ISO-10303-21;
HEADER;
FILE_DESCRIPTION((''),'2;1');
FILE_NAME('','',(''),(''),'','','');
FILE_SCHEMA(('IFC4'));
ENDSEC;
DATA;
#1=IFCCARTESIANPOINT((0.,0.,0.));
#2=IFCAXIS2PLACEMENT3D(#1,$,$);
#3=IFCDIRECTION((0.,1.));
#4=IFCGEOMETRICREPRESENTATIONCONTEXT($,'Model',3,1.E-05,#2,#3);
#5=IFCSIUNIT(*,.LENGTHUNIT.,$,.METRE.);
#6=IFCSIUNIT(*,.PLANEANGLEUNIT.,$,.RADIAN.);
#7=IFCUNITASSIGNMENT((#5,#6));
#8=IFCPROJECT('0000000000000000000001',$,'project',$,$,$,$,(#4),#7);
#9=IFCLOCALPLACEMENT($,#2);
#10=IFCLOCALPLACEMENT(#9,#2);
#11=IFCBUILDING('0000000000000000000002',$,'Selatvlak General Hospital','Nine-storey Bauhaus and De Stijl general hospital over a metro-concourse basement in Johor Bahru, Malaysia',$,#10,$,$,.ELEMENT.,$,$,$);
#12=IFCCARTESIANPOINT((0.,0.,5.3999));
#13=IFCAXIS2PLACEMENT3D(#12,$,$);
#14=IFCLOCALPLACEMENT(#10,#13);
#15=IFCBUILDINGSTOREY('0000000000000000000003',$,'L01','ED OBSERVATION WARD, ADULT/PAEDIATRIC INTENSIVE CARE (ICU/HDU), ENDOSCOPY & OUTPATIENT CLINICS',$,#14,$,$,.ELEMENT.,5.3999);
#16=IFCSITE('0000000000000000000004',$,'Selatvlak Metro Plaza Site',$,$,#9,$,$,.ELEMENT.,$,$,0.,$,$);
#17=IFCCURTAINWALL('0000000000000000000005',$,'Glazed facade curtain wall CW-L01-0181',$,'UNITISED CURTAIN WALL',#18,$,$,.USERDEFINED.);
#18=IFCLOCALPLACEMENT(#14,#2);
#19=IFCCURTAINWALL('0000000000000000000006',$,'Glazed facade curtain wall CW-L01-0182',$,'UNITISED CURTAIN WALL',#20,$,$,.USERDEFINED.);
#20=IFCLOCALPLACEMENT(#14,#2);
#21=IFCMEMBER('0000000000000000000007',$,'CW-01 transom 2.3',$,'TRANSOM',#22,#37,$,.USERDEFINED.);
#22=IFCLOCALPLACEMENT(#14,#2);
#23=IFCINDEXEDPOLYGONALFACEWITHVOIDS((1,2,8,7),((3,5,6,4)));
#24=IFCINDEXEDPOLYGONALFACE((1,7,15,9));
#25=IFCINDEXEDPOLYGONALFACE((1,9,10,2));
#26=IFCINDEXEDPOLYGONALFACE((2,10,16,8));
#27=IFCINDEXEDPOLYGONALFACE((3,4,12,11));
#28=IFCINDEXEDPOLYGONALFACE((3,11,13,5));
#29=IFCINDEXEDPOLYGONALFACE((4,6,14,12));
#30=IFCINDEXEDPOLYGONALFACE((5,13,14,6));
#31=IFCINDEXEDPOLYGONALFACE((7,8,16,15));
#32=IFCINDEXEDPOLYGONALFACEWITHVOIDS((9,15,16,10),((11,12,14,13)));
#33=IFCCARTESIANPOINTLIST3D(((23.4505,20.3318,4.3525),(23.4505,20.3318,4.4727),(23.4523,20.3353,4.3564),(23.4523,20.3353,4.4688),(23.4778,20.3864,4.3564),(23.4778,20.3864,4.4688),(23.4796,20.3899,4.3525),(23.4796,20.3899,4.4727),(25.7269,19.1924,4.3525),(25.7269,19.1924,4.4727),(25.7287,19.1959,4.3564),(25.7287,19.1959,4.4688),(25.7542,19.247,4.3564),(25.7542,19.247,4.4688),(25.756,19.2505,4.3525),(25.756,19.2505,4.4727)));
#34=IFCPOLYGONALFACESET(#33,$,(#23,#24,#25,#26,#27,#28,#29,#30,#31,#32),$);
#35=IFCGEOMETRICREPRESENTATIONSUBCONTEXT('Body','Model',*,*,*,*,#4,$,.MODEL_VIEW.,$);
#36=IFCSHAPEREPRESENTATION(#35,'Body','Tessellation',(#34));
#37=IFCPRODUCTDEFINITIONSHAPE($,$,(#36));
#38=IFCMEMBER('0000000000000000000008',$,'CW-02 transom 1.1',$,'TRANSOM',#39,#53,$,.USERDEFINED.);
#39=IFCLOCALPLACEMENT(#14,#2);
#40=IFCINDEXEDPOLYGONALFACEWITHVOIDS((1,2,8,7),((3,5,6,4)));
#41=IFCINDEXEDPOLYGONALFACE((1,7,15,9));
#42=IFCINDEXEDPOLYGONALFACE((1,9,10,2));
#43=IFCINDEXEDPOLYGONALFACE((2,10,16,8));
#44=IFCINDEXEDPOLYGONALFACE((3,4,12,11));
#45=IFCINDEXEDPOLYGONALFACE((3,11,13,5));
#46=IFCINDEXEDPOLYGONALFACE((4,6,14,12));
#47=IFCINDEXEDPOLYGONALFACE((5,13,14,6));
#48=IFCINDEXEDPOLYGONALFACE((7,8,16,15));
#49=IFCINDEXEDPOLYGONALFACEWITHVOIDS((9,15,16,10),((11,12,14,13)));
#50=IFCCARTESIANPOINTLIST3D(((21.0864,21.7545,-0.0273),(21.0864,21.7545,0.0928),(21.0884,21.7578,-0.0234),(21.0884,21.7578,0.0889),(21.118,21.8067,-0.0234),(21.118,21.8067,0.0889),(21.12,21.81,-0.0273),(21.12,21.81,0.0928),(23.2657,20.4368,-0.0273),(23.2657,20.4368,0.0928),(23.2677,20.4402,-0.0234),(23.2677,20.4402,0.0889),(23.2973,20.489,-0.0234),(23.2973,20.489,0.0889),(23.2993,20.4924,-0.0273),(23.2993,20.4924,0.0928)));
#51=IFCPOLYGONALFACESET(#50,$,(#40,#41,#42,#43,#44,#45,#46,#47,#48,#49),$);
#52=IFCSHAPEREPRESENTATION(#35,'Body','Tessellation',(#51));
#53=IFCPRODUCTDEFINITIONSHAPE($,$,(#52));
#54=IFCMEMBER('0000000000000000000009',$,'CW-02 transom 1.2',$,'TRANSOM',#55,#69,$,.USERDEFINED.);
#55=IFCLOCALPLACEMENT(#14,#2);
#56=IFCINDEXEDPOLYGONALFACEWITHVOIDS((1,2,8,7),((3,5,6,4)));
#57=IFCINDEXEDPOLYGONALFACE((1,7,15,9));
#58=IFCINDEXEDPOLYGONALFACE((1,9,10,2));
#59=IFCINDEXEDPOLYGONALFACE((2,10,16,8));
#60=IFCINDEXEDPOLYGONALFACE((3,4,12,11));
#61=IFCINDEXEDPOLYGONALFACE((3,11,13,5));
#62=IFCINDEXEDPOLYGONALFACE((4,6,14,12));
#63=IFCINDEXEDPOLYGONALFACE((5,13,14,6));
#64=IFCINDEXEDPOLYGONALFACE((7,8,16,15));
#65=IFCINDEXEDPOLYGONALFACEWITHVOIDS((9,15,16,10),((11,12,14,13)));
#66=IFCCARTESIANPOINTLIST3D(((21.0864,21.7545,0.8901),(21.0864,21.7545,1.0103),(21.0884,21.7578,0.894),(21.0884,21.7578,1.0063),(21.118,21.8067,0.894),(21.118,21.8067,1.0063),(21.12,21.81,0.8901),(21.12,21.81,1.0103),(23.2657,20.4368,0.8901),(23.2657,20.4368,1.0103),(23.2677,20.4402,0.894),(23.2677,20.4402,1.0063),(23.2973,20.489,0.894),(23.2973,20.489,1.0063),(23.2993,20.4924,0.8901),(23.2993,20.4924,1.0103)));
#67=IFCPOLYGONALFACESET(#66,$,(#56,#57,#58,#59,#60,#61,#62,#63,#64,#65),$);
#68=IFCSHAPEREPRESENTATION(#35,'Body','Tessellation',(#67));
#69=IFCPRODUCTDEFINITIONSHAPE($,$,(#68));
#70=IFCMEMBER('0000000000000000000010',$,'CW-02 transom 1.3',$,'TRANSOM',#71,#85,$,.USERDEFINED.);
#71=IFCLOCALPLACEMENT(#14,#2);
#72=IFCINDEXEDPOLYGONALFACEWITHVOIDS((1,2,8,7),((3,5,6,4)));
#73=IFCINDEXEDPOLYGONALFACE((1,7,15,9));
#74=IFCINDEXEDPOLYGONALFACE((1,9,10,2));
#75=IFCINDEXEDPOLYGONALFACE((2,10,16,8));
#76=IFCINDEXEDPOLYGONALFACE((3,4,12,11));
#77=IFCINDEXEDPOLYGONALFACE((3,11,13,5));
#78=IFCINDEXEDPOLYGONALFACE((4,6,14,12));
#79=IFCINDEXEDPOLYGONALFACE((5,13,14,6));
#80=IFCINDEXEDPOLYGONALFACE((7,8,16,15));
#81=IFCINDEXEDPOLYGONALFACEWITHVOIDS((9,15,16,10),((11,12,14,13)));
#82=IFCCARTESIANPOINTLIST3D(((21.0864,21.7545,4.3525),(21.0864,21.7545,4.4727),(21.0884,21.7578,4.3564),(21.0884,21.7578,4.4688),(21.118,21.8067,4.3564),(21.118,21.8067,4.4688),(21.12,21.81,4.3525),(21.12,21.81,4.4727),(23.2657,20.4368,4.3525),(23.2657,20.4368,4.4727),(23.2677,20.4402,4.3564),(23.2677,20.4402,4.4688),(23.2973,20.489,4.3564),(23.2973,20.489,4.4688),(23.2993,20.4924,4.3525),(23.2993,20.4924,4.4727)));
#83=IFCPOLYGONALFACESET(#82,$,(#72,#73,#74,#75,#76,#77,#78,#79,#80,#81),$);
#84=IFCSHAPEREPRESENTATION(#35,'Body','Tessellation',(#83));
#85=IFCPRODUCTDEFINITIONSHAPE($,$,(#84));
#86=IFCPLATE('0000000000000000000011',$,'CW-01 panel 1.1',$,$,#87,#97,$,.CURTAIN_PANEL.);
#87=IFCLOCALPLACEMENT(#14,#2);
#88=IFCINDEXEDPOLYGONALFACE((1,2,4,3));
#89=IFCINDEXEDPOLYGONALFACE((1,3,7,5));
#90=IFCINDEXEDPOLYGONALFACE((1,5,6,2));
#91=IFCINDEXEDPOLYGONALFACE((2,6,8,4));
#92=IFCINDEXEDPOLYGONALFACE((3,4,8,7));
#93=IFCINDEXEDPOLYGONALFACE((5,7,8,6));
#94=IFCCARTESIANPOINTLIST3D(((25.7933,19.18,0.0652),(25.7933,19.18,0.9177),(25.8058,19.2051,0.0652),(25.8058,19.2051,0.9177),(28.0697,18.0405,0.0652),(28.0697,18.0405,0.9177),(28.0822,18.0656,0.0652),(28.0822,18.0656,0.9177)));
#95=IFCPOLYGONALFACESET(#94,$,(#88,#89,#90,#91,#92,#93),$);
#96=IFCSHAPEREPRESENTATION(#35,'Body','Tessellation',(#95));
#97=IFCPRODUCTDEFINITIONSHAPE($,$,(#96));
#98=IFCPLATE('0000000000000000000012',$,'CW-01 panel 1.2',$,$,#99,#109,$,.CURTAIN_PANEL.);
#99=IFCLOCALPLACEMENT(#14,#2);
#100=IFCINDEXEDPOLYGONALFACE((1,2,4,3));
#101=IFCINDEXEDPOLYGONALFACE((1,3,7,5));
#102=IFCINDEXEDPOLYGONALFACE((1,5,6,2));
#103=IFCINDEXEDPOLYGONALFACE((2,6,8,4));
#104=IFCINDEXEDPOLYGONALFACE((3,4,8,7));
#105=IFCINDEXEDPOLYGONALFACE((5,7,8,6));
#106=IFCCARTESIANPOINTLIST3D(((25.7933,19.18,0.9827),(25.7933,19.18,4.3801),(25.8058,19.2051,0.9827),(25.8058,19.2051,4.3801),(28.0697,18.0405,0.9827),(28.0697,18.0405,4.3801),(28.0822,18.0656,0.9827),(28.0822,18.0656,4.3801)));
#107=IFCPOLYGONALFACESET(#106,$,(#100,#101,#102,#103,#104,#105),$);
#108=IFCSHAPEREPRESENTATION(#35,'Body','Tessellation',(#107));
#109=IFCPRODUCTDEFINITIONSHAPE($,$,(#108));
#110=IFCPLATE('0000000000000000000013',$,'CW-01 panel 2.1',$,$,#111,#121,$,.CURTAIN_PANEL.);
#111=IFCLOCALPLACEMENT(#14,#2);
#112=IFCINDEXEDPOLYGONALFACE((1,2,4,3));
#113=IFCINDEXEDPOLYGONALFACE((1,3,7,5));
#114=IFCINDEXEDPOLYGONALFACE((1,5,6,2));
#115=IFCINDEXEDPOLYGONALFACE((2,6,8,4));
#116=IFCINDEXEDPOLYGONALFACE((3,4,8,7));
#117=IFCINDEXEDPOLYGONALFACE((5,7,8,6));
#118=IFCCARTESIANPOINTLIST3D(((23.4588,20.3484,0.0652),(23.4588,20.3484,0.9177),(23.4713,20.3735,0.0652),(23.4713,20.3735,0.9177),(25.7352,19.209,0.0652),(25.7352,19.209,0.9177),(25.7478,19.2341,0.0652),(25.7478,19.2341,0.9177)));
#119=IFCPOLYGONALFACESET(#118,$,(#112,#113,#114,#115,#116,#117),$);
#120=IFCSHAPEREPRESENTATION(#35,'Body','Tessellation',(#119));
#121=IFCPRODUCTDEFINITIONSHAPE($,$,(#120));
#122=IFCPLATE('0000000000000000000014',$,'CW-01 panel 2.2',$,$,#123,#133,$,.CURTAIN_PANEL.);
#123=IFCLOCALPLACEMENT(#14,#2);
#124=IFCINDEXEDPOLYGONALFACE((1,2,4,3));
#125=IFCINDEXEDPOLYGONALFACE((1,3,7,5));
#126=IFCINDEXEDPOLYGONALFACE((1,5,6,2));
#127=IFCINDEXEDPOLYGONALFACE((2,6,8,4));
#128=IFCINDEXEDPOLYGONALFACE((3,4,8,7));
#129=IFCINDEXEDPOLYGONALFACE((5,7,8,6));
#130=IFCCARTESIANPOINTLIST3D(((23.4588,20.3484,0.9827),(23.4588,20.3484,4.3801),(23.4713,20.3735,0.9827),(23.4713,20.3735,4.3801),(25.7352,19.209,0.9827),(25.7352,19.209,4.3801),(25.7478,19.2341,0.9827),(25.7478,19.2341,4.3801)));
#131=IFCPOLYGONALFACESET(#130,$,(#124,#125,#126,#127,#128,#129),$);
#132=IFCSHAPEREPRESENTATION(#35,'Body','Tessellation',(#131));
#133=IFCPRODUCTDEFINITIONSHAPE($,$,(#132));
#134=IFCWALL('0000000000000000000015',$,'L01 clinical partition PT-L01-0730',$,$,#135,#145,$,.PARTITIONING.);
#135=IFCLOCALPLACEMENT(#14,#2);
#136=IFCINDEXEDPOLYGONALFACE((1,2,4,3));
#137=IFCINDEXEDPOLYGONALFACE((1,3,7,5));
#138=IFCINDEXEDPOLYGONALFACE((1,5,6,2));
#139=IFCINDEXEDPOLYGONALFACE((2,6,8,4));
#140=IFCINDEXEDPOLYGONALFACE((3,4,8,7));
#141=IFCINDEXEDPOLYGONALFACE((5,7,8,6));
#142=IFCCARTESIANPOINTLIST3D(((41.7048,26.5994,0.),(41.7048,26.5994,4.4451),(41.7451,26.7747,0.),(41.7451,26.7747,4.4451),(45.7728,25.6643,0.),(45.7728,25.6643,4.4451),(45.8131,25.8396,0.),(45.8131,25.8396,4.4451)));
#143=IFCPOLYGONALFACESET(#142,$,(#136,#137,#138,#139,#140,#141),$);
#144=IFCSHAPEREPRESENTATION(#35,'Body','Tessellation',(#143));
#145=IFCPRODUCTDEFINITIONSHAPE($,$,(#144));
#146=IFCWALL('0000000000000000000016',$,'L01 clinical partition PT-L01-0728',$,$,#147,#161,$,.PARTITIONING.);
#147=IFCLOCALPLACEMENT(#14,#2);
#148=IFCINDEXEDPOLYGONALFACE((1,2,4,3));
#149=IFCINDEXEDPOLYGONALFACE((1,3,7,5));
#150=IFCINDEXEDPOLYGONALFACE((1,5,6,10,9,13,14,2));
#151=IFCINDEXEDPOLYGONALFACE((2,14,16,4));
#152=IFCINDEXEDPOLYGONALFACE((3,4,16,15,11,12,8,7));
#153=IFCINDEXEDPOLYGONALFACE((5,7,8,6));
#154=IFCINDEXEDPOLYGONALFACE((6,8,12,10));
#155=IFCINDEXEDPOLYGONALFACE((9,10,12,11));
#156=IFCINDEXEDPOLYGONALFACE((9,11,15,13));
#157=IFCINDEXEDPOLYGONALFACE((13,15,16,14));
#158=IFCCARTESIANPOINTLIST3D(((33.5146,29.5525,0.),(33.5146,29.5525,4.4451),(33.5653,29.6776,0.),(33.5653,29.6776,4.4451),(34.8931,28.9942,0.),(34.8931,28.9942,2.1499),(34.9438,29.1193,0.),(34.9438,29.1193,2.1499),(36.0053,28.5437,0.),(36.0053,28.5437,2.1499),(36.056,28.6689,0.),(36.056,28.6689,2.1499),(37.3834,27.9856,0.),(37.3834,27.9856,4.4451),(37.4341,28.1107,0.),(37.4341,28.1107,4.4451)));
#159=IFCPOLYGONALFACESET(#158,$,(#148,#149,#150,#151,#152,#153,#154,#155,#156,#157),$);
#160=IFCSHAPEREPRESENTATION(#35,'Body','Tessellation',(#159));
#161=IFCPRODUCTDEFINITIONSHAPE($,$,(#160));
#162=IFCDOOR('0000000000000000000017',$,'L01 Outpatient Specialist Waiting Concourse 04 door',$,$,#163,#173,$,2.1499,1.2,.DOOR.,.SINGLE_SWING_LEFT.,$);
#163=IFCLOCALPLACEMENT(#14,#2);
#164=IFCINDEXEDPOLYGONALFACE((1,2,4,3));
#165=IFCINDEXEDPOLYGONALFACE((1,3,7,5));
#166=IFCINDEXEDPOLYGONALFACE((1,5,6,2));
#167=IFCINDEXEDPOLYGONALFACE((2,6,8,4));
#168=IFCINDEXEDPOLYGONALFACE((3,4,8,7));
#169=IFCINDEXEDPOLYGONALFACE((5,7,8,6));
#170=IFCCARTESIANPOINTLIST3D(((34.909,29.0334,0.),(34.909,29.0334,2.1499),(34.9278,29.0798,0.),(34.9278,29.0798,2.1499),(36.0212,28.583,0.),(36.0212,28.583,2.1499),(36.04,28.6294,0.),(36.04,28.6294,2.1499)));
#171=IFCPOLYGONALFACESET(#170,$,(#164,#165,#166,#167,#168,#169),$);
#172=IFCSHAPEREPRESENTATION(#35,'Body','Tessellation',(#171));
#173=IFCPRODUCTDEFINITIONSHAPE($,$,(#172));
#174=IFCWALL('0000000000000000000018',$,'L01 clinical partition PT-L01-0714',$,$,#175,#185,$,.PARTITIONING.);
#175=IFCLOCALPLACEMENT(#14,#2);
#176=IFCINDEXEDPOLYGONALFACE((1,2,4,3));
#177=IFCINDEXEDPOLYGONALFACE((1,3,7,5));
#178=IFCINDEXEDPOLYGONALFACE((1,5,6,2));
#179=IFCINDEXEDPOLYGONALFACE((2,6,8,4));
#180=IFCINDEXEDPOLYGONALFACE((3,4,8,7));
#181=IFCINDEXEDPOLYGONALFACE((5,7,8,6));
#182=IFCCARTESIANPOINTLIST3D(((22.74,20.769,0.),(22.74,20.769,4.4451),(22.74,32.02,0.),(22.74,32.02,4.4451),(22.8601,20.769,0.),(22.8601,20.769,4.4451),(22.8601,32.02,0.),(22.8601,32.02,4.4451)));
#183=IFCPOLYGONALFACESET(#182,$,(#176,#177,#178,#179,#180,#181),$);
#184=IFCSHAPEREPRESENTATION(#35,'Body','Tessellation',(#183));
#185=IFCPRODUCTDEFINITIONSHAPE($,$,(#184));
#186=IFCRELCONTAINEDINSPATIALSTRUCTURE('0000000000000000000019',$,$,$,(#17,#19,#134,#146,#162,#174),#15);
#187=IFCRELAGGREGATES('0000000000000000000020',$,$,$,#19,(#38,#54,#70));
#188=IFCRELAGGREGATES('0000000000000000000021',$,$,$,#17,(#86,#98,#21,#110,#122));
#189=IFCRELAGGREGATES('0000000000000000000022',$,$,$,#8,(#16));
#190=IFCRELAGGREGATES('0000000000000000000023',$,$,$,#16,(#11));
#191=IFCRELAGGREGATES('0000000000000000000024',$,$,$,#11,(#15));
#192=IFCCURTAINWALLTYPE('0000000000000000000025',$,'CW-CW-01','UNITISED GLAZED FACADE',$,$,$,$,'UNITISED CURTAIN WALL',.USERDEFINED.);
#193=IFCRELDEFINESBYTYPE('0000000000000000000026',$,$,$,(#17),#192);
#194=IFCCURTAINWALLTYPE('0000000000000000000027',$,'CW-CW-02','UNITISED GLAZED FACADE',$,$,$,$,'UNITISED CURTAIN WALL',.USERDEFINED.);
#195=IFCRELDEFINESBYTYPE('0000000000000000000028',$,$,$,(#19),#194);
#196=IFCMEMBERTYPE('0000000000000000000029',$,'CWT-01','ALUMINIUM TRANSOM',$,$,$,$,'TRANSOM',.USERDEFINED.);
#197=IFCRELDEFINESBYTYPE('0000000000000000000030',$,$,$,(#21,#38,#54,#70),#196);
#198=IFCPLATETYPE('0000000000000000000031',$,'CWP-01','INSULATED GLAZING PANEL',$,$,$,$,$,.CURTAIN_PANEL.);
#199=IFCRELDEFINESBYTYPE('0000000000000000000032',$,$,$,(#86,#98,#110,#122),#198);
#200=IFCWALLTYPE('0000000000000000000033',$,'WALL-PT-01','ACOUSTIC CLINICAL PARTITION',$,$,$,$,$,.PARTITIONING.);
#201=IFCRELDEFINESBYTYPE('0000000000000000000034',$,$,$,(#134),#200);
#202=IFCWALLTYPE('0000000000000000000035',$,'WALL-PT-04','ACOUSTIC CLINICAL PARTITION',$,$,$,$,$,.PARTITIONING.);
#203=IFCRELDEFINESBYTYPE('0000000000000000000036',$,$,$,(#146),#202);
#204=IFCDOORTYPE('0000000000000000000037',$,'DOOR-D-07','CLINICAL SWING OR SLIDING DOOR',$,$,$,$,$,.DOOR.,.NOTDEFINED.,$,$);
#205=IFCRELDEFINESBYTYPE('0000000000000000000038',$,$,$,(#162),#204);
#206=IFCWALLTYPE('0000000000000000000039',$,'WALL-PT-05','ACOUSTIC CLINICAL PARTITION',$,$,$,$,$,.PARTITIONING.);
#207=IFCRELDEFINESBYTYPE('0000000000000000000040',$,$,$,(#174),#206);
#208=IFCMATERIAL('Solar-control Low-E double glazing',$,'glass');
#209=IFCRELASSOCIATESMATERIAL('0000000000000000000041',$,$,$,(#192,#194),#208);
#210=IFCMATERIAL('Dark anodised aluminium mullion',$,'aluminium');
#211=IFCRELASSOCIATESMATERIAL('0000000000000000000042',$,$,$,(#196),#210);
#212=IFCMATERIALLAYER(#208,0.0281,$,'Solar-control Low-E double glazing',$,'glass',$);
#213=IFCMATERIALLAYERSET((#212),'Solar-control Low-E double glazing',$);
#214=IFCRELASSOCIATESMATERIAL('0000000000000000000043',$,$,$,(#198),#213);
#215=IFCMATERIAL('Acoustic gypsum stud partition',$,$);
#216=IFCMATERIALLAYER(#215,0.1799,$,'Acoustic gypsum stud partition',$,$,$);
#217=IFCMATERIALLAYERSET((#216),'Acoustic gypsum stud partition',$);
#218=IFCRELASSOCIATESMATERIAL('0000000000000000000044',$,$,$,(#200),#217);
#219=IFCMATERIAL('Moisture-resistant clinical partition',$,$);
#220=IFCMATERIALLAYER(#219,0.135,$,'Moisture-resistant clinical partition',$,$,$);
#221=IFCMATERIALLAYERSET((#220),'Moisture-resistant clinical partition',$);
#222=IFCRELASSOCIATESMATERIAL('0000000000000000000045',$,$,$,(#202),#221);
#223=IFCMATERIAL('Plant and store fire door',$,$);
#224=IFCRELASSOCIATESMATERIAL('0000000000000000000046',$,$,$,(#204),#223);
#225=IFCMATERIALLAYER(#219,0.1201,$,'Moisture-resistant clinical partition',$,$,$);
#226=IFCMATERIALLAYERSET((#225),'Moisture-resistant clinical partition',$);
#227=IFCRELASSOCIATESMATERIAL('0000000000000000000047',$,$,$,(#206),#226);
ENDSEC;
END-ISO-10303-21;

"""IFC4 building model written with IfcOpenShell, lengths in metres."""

from ifc_helpers import new_model, si_unit, direction, frame, frame_2d, origin, origin_2d, place, context, subcontext, project, spatial, rectangle, hollow_rectangle, extrude, material, layer, layer_set, material_profile, profile_set, type_object, element, fill, aggregate, save


model = new_model("IFC4")

# Units and contexts
model_context = context("Model", 3, precision=1e-05, world=origin(), true_north=direction((0.0, 1.0)))
body_context = subcontext(model_context, "Body", "Model", "MODEL_VIEW")
ifc_project = project(units=[si_unit("LENGTHUNIT", "METRE"), si_unit("PLANEANGLEUNIT", "RADIAN")], contexts=[model_context])

# Site, building, storey
site_placement = place(None, origin())
site = spatial("IfcSite", under=ifc_project, at=site_placement, Name="Selatvlak Metro Plaza Site", CompositionType="ELEMENT", RefElevation=0.0)
building_placement = place(site_placement, origin())
building = spatial("IfcBuilding", under=site, at=building_placement, Name="Selatvlak General Hospital", Description="Nine-storey Bauhaus and De Stijl general hospital over a metro-concourse basement in Johor Bahru, Malaysia", CompositionType="ELEMENT")
storey_placement = place(building_placement, frame((0.0, 0.0, 5.3999)))
storey = spatial("IfcBuildingStorey", under=building, at=storey_placement, Name="L01", Description="ED OBSERVATION WARD, ADULT/PAEDIATRIC INTENSIVE CARE (ICU/HDU), ENDOSCOPY & OUTPATIENT CLINICS", CompositionType="ELEMENT", Elevation=5.3999)

# Curtain wall
ifc_material_1 = material(Name="Solar-control Low-E double glazing", Category="glass")
curtain_wall_type_1 = type_object("IfcCurtainWallType", Name="CW-CW-01", Description="UNITISED GLAZED FACADE", ElementType="UNITISED CURTAIN WALL", PredefinedType="USERDEFINED", material=ifc_material_1)
curtain_wall_1_placement = place(storey_placement, origin())
curtain_wall_1 = element("IfcCurtainWall", 1, at=curtain_wall_1_placement, inside=storey, type_object=curtain_wall_type_1, Name="Glazed facade curtain wall CW-L01-0181", ObjectType="UNITISED CURTAIN WALL", PredefinedType="USERDEFINED")
ifc_material_2 = material(Name="Dark anodised aluminium mullion", Category="aluminium")

# Curtain wall
curtain_wall_type_2 = type_object("IfcCurtainWallType", Name="CW-CW-02", Description="UNITISED GLAZED FACADE", ElementType="UNITISED CURTAIN WALL", PredefinedType="USERDEFINED", material=ifc_material_1)
curtain_wall_2_placement = place(storey_placement, origin())
curtain_wall_2 = element("IfcCurtainWall", 2, at=curtain_wall_2_placement, inside=storey, type_object=curtain_wall_type_2, Name="Glazed facade curtain wall CW-L01-0182", ObjectType="UNITISED CURTAIN WALL", PredefinedType="USERDEFINED")

# Members
ifc_material_profile_1 = material_profile(ifc_material_2, hollow_rectangle(XDim=0.0649, YDim=0.1201, WallThickness=0.0039, at=origin_2d()), Name="AL-TRN 65x120x4")
ifc_profile_set_1 = profile_set([ifc_material_profile_1], Name="Dark anodised aluminium mullion")
member_type_1 = type_object("IfcMemberType", Name="CWT-01", Description="ALUMINIUM TRANSOM", ElementType="TRANSOM", PredefinedType="USERDEFINED", material=ifc_profile_set_1)
member_1_placement = place(storey_placement, frame((25.7415, 19.2214, 4.4126), z_axis=(-0.894235, 0.447597, 0.0), x_axis=(-0.447597, -0.894235, 0.0)))
member_1 = element("IfcMember", 3, at=member_1_placement, type_object=member_type_1, Name="CW-01 transom 2.3", ObjectType="TRANSOM", PredefinedType="USERDEFINED", context=body_context, shape_type="SweptSolid", body=[
    extrude(hollow_rectangle(XDim=0.0649, YDim=0.1201, WallThickness=0.0039, at=origin_2d()), origin(), (0.0, 0.0, 1.0), 2.5457),
])
member_2_placement = place(storey_placement, frame((23.2825, 20.4646, 0.0327), z_axis=(-0.855737, 0.517411, 0.0), x_axis=(-0.517411, -0.855737, 0.0)))
member_2 = element("IfcMember", 4, at=member_2_placement, type_object=member_type_1, Name="CW-02 transom 1.1", ObjectType="TRANSOM", PredefinedType="USERDEFINED", context=body_context, shape_type="SweptSolid", body=[
    extrude(hollow_rectangle(XDim=0.0649, YDim=0.1201, WallThickness=0.0039, at=origin_2d()), origin(), (0.0, 0.0, 1.0), 2.5466),
])
member_3_placement = place(storey_placement, frame((23.2825, 20.4646, 0.9502), z_axis=(-0.855737, 0.517411, 0.0), x_axis=(-0.517411, -0.855737, 0.0)))
member_3 = element("IfcMember", 5, at=member_3_placement, type_object=member_type_1, Name="CW-02 transom 1.2", ObjectType="TRANSOM", PredefinedType="USERDEFINED", context=body_context, shape_type="SweptSolid", body=[
    extrude(hollow_rectangle(XDim=0.0649, YDim=0.1201, WallThickness=0.0039, at=origin_2d()), origin(), (0.0, 0.0, 1.0), 2.5466),
])
member_4_placement = place(storey_placement, frame((23.2825, 20.4646, 4.4126), z_axis=(-0.855737, 0.517411, 0.0), x_axis=(-0.517411, -0.855737, 0.0)))
member_4 = element("IfcMember", 6, at=member_4_placement, type_object=member_type_1, Name="CW-02 transom 1.3", ObjectType="TRANSOM", PredefinedType="USERDEFINED", context=body_context, shape_type="SweptSolid", body=[
    extrude(hollow_rectangle(XDim=0.0649, YDim=0.1201, WallThickness=0.0039, at=origin_2d()), origin(), (0.0, 0.0, 1.0), 2.5466),
])
aggregate(curtain_wall_2, [member_2, member_3, member_4])

# Plates
ifc_layer_1 = layer(ifc_material_1, 0.0281, Name="Solar-control Low-E double glazing", Category="glass")
ifc_layer_set_1 = layer_set([ifc_layer_1], Name="Solar-control Low-E double glazing")
plate_type = type_object("IfcPlateType", Name="CWP-01", Description="INSULATED GLAZING PANEL", PredefinedType="CURTAIN_PANEL", material=ifc_layer_set_1)
plate_1_placement = place(storey_placement, frame((26.9377, 18.6228, 0.0652), z_axis=(0.0, 0.0, 1.0), x_axis=(-0.894238, 0.447592, 0.0)))
plate_1 = element("IfcPlate", 7, at=plate_1_placement, type_object=plate_type, Name="CW-01 panel 1.1", PredefinedType="CURTAIN_PANEL", context=body_context, shape_type="SweptSolid", body=[
    extrude(rectangle(XDim=2.5457, YDim=0.0281, at=origin_2d()), origin(), (0.0, 0.0, 1.0), 0.8525),
])
plate_2_placement = place(storey_placement, frame((26.9377, 18.6228, 0.9827), z_axis=(0.0, 0.0, 1.0), x_axis=(-0.894238, 0.447592, 0.0)))
plate_2 = element("IfcPlate", 8, at=plate_2_placement, type_object=plate_type, Name="CW-01 panel 1.2", PredefinedType="CURTAIN_PANEL", context=body_context, shape_type="SweptSolid", body=[
    extrude(rectangle(XDim=2.5457, YDim=0.0281, at=origin_2d()), origin(), (0.0, 0.0, 1.0), 3.3975),
])
plate_3_placement = place(storey_placement, frame((24.6033, 19.7913, 0.0652), z_axis=(0.0, 0.0, 1.0), x_axis=(-0.894238, 0.447592, 0.0)))
plate_3 = element("IfcPlate", 9, at=plate_3_placement, type_object=plate_type, Name="CW-01 panel 2.1", PredefinedType="CURTAIN_PANEL", context=body_context, shape_type="SweptSolid", body=[
    extrude(rectangle(XDim=2.5457, YDim=0.0281, at=origin_2d()), origin(), (0.0, 0.0, 1.0), 0.8525),
])
plate_4_placement = place(storey_placement, frame((24.6033, 19.7913, 0.9827), z_axis=(0.0, 0.0, 1.0), x_axis=(-0.894238, 0.447592, 0.0)))
plate_4 = element("IfcPlate", 10, at=plate_4_placement, type_object=plate_type, Name="CW-01 panel 2.2", PredefinedType="CURTAIN_PANEL", context=body_context, shape_type="SweptSolid", body=[
    extrude(rectangle(XDim=2.5457, YDim=0.0281, at=origin_2d()), origin(), (0.0, 0.0, 1.0), 3.3975),
])
aggregate(curtain_wall_1, [plate_1, plate_2, member_1, plate_3, plate_4])

# Wall
ifc_material_3 = material(Name="Acoustic gypsum stud partition")
ifc_layer_2 = layer(ifc_material_3, 0.1799, Name="Acoustic gypsum stud partition")
ifc_layer_set_2 = layer_set([ifc_layer_2], Name="Acoustic gypsum stud partition")
wall_type_1 = type_object("IfcWallType", Name="WALL-PT-01", Description="ACOUSTIC CLINICAL PARTITION", PredefinedType="PARTITIONING", material=ifc_layer_set_2)
wall_1_placement = place(storey_placement, frame((41.7251, 26.687, 0.0), z_axis=(0.0, 0.0, 1.0), x_axis=(0.974584, -0.224022, 0.0)))
element("IfcWall", 11, at=wall_1_placement, inside=storey, type_object=wall_type_1, Name="L01 clinical partition PT-L01-0730", PredefinedType="PARTITIONING", context=body_context, shape_type="SweptSolid", body=[
    extrude(rectangle(XDim=4.1741, YDim=0.1799, at=frame_2d((2.0869, 0.0))), origin(), (0.0, 0.0, 1.0), 4.4451),
])

# Wall, opening, door
ifc_material_4 = material(Name="Moisture-resistant clinical partition")
ifc_layer_3 = layer(ifc_material_4, 0.135, Name="Moisture-resistant clinical partition")
ifc_layer_set_3 = layer_set([ifc_layer_3], Name="Moisture-resistant clinical partition")
wall_type_2 = type_object("IfcWallType", Name="WALL-PT-04", Description="ACOUSTIC CLINICAL PARTITION", PredefinedType="PARTITIONING", material=ifc_layer_set_3)
wall_2_placement = place(storey_placement, frame((33.54, 29.615, 0.0), z_axis=(0.0, 0.0, 1.0), x_axis=(0.926871, -0.375381, 0.0)))
wall_2 = element("IfcWall", 12, at=wall_2_placement, inside=storey, type_object=wall_type_2, Name="L01 clinical partition PT-L01-0728", PredefinedType="PARTITIONING", context=body_context, shape_type="SweptSolid", body=[
    extrude(rectangle(XDim=4.1741, YDim=0.135, at=frame_2d((2.0869, 0.0))), origin(), (0.0, 0.0, 1.0), 4.4451),
])
opening_placement = place(wall_2_placement, frame((1.4871, 0.0, 0.0)))
opening = element("IfcOpeningElement", 13, at=opening_placement, cuts=wall_2, PredefinedType="OPENING", context=body_context, shape_type="SweptSolid", body=[
    extrude(rectangle(XDim=1.2, YDim=2.1499, at=frame_2d((0.6001, 1.075))), frame((0.0, 0.0774, 0.0), z_axis=(0.0, -1.0, 0.0), x_axis=(1.0, 0.0, 0.0)), (0.0, 0.0, 1.0), 0.155),
])
ifc_material_5 = material(Name="Plant and store fire door")
door_type = type_object("IfcDoorType", Name="DOOR-D-07", Description="CLINICAL SWING OR SLIDING DOOR", OperationType="NOTDEFINED", PredefinedType="DOOR", material=ifc_material_5)
door_placement = place(opening_placement, origin())
door = element("IfcDoor", 14, at=door_placement, inside=storey, type_object=door_type, Name="L01 Outpatient Specialist Waiting Concourse 04 door", OperationType="SINGLE_SWING_LEFT", OverallHeight=2.1499, OverallWidth=1.2, PredefinedType="DOOR", context=body_context, shape_type="SweptSolid", body=[
    extrude(rectangle(XDim=1.2, YDim=2.1499, at=frame_2d((0.6001, 1.075))), frame((0.0, 0.0249, 0.0), z_axis=(0.0, -1.0, 0.0), x_axis=(1.0, 0.0, 0.0)), (0.0, 0.0, 1.0), 0.05),
])
fill(opening, door)

# Wall
ifc_layer_4 = layer(ifc_material_4, 0.1201, Name="Moisture-resistant clinical partition")
ifc_layer_set_4 = layer_set([ifc_layer_4], Name="Moisture-resistant clinical partition")
wall_type_3 = type_object("IfcWallType", Name="WALL-PT-05", Description="ACOUSTIC CLINICAL PARTITION", PredefinedType="PARTITIONING", material=ifc_layer_set_4)
wall_3_placement = place(storey_placement, frame((22.8, 20.769, 0.0), z_axis=(0.0, 0.0, 1.0), x_axis=(0.0, 1.0, 0.0)))
element("IfcWall", 15, at=wall_3_placement, inside=storey, type_object=wall_type_3, Name="L01 clinical partition PT-L01-0714", PredefinedType="PARTITIONING", context=body_context, shape_type="SweptSolid", body=[
    extrude(rectangle(XDim=11.251, YDim=0.1201, at=frame_2d((5.6255, 0.0))), origin(), (0.0, 0.0, 1.0), 4.4451),
])

save(model, "model.ifc")
